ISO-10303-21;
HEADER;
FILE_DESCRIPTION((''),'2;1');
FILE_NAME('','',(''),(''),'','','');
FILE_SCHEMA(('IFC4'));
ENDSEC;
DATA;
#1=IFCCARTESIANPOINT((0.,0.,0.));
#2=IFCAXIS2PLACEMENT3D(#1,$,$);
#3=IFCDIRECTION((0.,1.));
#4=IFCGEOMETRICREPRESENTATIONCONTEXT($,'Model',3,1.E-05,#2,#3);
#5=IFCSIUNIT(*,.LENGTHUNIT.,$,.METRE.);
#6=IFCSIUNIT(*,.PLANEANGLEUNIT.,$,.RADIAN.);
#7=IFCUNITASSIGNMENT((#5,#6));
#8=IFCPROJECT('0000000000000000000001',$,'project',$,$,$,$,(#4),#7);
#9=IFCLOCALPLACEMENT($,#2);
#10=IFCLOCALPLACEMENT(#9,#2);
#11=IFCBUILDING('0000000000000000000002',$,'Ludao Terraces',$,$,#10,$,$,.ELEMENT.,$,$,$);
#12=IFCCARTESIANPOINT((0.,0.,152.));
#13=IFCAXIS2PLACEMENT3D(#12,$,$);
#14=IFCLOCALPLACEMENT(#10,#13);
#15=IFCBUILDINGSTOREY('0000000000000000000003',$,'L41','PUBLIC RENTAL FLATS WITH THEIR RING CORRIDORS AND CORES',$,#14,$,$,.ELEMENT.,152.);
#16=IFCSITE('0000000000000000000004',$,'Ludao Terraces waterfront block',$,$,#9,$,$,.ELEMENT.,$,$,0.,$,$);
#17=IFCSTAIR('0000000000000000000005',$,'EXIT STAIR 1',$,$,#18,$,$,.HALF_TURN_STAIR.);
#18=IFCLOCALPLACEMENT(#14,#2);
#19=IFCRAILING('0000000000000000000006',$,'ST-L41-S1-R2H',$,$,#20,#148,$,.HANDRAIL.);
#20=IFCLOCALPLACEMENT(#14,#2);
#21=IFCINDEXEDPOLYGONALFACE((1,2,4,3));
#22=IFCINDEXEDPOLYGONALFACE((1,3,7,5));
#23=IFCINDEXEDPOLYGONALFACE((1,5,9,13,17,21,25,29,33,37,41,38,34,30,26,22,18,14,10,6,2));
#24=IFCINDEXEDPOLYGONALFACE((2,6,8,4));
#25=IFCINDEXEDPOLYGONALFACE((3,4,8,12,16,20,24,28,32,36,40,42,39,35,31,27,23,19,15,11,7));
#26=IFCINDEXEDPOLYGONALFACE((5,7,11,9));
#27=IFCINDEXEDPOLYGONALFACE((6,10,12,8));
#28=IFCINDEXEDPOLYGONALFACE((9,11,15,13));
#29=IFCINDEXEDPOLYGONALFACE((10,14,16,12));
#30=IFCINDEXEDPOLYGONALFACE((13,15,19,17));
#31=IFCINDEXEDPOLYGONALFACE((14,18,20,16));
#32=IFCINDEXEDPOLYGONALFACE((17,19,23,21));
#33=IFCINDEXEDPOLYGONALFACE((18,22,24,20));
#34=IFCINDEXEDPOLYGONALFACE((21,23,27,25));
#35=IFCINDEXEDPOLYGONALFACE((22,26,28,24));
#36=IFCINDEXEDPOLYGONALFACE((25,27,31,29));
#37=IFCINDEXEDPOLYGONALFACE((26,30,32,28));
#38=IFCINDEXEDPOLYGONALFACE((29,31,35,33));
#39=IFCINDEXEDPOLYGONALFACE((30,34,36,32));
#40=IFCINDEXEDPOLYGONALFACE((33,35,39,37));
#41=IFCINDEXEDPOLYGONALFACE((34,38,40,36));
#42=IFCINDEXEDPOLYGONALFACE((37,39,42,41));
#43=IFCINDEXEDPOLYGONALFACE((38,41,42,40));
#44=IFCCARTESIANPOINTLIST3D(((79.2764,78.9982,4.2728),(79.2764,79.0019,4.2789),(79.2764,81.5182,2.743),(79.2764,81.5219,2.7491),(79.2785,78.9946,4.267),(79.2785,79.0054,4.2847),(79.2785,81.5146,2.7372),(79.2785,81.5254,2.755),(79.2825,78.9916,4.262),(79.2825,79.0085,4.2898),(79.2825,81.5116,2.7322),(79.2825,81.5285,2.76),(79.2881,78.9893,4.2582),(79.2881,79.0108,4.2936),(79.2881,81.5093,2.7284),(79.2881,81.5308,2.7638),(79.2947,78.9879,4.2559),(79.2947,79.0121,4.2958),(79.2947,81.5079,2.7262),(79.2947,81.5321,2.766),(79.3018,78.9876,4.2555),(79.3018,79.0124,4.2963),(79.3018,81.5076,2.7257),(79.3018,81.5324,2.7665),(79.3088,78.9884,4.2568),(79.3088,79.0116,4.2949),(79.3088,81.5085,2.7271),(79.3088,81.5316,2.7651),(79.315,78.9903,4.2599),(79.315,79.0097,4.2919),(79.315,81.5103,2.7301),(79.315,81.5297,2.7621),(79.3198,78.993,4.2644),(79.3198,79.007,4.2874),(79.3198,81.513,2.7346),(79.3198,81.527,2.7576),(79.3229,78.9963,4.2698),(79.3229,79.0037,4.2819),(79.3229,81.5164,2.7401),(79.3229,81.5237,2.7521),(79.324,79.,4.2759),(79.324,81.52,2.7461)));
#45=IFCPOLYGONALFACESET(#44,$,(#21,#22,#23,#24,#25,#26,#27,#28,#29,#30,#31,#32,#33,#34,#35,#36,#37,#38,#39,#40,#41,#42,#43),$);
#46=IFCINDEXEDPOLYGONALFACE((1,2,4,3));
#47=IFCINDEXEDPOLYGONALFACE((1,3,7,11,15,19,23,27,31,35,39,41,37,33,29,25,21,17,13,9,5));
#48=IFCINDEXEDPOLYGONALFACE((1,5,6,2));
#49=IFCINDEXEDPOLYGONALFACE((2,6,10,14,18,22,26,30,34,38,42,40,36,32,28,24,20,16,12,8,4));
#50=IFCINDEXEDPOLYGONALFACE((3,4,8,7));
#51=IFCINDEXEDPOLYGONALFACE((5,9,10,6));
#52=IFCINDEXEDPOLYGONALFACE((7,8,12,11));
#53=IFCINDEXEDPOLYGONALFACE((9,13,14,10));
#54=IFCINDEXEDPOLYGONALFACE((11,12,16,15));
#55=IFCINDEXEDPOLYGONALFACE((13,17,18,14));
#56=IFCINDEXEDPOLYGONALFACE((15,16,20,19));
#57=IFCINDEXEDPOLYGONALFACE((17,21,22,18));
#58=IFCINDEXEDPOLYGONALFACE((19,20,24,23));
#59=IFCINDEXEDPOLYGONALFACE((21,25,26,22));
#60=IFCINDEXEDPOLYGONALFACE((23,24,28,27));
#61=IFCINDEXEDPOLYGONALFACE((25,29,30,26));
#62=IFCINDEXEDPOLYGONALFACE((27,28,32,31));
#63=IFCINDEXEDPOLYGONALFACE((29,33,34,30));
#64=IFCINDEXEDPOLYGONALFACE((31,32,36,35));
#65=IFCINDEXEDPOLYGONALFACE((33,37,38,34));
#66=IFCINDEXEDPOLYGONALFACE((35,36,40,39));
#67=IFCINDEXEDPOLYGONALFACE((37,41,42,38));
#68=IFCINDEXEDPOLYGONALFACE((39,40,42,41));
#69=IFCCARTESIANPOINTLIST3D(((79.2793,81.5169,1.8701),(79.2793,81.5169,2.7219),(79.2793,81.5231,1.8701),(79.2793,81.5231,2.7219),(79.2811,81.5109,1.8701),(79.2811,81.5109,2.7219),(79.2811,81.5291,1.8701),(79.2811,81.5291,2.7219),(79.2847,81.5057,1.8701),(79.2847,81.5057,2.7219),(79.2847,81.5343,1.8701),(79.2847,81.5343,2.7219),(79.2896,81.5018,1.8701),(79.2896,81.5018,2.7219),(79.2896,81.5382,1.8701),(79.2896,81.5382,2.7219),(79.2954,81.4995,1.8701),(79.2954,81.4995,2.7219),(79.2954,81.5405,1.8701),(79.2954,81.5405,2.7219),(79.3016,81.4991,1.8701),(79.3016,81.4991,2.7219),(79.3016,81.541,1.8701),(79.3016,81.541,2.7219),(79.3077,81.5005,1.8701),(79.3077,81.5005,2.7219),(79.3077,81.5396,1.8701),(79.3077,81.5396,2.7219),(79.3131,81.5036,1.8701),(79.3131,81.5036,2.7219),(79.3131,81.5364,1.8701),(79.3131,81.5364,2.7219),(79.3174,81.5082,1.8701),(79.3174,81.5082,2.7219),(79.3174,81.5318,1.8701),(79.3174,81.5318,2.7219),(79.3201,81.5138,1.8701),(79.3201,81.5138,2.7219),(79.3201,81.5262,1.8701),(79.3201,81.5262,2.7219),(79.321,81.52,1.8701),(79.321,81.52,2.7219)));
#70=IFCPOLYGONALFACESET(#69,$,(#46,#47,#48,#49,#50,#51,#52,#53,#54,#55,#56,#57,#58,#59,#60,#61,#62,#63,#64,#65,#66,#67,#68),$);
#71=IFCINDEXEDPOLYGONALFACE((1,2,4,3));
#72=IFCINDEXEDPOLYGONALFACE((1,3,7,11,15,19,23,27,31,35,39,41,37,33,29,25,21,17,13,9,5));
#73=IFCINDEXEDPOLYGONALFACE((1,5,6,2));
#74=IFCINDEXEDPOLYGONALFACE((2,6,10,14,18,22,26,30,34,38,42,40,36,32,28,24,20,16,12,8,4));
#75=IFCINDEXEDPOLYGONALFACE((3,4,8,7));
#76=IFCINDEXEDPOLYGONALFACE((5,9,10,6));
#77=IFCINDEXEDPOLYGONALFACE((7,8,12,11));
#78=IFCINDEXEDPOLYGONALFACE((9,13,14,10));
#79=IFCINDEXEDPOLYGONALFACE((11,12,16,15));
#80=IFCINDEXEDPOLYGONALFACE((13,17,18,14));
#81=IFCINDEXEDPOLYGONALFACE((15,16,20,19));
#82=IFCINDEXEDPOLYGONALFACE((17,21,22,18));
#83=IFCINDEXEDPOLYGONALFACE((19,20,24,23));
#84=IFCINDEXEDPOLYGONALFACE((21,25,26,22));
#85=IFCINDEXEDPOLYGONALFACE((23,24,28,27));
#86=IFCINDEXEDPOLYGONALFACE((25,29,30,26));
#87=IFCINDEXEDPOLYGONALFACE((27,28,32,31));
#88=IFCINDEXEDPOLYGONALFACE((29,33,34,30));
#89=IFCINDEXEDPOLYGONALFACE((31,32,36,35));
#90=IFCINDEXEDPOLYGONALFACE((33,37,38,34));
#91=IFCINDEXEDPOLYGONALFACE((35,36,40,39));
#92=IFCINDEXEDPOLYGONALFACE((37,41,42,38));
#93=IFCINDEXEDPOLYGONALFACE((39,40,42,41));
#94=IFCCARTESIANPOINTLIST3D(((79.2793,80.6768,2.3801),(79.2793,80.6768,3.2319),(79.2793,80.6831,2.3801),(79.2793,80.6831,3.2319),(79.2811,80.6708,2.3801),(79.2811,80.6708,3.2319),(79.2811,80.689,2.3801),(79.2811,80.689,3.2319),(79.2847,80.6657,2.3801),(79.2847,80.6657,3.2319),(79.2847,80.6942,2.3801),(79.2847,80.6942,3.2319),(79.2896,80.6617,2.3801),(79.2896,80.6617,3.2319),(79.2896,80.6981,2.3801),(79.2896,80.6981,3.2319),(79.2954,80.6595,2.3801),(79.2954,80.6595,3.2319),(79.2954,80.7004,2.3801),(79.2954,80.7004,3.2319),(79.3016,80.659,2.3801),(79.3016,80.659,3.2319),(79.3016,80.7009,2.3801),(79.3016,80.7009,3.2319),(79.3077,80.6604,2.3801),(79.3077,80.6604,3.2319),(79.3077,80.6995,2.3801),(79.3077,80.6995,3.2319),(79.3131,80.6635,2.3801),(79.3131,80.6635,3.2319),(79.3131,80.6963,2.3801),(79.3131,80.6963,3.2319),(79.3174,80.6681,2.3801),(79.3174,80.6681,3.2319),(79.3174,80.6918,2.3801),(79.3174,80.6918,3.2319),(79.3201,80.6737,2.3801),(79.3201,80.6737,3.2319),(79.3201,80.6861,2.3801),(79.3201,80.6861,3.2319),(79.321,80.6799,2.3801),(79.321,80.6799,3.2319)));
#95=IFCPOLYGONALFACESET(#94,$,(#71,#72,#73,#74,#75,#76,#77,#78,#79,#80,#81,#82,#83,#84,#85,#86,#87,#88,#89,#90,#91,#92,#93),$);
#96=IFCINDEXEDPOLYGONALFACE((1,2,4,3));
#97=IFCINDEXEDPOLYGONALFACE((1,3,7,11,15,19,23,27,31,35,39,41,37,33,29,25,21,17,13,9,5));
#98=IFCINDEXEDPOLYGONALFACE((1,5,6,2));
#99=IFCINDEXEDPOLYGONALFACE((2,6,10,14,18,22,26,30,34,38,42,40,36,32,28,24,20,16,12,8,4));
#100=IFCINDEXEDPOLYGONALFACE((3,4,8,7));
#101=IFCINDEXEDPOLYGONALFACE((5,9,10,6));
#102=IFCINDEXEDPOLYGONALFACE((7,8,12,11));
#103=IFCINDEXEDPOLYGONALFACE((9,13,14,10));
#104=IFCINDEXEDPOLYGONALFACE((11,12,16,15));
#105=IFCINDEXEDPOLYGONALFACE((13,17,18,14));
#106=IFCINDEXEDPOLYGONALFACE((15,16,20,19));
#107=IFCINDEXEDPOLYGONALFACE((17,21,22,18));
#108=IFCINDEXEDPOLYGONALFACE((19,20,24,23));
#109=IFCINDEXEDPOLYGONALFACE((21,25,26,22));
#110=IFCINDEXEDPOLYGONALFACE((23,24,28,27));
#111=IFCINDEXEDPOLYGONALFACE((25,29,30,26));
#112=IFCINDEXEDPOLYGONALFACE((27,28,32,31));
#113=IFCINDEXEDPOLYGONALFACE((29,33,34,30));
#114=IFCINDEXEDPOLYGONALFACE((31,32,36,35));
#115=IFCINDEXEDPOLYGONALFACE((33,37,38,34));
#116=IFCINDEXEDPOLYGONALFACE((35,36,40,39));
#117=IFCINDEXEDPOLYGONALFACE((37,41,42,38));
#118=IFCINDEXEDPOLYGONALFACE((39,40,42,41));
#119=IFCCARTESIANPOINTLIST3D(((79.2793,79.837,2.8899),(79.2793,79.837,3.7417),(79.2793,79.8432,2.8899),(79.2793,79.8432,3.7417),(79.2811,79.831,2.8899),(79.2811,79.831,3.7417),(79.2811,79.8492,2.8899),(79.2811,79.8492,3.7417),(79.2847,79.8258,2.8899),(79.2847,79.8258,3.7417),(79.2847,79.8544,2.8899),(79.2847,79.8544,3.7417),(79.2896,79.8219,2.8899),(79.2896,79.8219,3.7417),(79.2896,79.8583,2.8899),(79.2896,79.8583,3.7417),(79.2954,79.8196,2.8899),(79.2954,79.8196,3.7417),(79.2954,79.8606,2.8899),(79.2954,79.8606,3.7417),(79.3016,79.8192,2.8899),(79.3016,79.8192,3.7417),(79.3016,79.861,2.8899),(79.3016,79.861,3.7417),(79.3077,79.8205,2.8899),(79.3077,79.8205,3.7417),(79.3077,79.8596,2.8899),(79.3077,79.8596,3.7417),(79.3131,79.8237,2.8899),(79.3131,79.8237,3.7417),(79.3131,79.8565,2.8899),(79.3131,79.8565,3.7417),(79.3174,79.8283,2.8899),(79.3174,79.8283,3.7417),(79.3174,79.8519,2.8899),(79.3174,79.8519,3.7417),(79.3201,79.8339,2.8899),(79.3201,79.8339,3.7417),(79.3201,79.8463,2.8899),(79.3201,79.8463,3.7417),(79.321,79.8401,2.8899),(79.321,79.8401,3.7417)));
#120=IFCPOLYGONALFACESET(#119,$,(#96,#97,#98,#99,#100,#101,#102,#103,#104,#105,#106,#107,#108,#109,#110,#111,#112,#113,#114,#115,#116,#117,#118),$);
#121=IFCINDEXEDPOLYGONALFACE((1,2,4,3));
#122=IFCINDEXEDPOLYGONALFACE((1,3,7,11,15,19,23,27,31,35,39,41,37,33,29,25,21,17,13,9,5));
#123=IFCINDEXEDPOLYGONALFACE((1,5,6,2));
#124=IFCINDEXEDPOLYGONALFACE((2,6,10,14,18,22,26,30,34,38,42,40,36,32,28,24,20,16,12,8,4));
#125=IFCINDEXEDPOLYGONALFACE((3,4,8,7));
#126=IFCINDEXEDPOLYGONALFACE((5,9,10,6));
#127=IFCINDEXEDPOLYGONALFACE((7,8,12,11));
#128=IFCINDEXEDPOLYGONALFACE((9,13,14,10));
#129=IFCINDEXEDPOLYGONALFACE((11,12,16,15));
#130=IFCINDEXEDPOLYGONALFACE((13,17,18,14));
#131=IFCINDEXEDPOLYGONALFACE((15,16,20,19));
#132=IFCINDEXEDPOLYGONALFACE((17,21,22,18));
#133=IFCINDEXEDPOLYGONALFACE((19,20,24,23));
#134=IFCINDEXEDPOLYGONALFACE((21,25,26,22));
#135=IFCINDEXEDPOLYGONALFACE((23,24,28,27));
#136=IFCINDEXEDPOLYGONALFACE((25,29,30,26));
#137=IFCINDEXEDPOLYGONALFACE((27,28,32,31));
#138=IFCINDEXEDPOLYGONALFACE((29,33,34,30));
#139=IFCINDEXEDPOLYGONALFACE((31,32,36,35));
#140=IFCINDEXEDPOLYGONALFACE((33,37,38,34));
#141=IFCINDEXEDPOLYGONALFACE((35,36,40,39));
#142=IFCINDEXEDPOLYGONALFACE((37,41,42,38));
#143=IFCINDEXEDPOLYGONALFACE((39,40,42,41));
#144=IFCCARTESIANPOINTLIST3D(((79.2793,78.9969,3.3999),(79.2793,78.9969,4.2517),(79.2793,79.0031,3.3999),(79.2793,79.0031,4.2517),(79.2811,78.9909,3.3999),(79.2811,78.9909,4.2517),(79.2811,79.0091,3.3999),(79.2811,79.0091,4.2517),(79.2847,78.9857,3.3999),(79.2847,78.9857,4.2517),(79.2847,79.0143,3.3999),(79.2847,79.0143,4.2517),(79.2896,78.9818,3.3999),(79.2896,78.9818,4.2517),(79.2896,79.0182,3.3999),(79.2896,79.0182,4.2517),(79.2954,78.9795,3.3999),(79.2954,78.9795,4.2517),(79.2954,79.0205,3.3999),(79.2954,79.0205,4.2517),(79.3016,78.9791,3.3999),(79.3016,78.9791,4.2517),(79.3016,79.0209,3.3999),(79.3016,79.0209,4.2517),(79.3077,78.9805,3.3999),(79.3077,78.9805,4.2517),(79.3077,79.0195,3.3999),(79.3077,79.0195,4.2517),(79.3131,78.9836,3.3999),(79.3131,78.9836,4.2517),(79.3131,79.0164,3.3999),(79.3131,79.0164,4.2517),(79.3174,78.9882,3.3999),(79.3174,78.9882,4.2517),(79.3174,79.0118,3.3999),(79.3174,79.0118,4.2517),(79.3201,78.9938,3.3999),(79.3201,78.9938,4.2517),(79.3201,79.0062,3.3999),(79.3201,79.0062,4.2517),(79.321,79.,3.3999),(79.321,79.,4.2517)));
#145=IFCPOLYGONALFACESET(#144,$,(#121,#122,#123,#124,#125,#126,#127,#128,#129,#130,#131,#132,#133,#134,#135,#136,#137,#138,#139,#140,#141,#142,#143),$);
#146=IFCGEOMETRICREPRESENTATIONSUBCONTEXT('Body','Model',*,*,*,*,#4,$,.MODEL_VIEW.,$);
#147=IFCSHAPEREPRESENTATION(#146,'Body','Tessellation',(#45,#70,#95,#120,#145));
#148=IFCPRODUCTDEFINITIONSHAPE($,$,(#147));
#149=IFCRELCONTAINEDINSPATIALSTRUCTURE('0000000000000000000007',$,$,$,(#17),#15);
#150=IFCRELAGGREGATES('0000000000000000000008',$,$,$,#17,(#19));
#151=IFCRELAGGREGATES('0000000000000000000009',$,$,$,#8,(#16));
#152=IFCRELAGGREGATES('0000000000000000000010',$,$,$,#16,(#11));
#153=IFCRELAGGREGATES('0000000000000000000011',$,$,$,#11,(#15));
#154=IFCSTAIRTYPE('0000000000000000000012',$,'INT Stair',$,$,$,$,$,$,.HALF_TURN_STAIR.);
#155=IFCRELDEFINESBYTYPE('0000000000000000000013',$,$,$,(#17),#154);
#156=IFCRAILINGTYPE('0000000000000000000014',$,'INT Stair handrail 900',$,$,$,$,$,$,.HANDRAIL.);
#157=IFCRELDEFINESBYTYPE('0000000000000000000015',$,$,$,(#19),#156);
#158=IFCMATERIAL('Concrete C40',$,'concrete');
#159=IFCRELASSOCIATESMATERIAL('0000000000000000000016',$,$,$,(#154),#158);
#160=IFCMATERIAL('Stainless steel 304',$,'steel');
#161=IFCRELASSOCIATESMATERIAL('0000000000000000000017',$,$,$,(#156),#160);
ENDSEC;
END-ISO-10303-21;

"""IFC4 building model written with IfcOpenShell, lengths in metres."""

from ifc_helpers import new_model, si_unit, direction, frame, origin, origin_2d, place, context, subcontext, project, spatial, circle, extrude, material, type_object, element, aggregate, save


model = new_model("IFC4")

# Units and contexts
model_context = context("Model", 3, precision=1e-05, world=origin(), true_north=direction((0.0, 1.0)))
body_context = subcontext(model_context, "Body", "Model", "MODEL_VIEW")
ifc_project = project(units=[si_unit("LENGTHUNIT", "METRE"), si_unit("PLANEANGLEUNIT", "RADIAN")], contexts=[model_context])

# Site, building, storey
site_placement = place(None, origin())
site = spatial("IfcSite", under=ifc_project, at=site_placement, Name="Ludao Terraces waterfront block", CompositionType="ELEMENT", RefElevation=0.0)
building_placement = place(site_placement, origin())
building = spatial("IfcBuilding", under=site, at=building_placement, Name="Ludao Terraces", CompositionType="ELEMENT")
storey_placement = place(building_placement, frame((0.0, 0.0, 152.0)))
storey = spatial("IfcBuildingStorey", under=building, at=storey_placement, Name="L41", Description="PUBLIC RENTAL FLATS WITH THEIR RING CORRIDORS AND CORES", CompositionType="ELEMENT", Elevation=152.0)

# Shared definitions
ifc_material_1 = material(Name="Stainless steel 304", Category="steel")

# Stair, railing
ifc_material_2 = material(Name="Concrete C40", Category="concrete")
stair_type = type_object("IfcStairType", Name="INT Stair", PredefinedType="HALF_TURN_STAIR", material=ifc_material_2)
stair_placement = place(storey_placement, origin())
stair = element("IfcStair", 1, at=stair_placement, inside=storey, type_object=stair_type, Name="EXIT STAIR 1", PredefinedType="HALF_TURN_STAIR")
railing_type_1 = type_object("IfcRailingType", Name="INT Stair handrail 900", PredefinedType="HANDRAIL", material=ifc_material_1)
railing_1_placement = place(storey_placement, frame((79.3, 81.52, 1.8701)))
railing_1 = element("IfcRailing", 2, at=railing_1_placement, type_object=railing_type_1, Name="ST-L41-S1-R2H", PredefinedType="HANDRAIL", context=body_context, shape_type="SweptSolid", body=[
    extrude(circle(Radius=0.0239, at=origin_2d()), frame((0.0, 0.0, 0.876), z_axis=(0.0, -0.854822, 0.518922), x_axis=(1.0, 0.0, 0.0)), (0.0, 0.0, 1.0), 2.948),
    extrude(circle(Radius=0.021, at=origin_2d()), origin(), (0.0, 0.0, 1.0), 0.8518),
    extrude(circle(Radius=0.021, at=origin_2d()), frame((0.0, -0.8401, 0.51)), (0.0, 0.0, 1.0), 0.8518),
    extrude(circle(Radius=0.021, at=origin_2d()), frame((0.0, -1.6799, 1.0198)), (0.0, 0.0, 1.0), 0.8518),
    extrude(circle(Radius=0.021, at=origin_2d()), frame((0.0, -2.52, 1.5298)), (0.0, 0.0, 1.0), 0.8518),
])
aggregate(stair, [railing_1])

save(model, "model.ifc")
